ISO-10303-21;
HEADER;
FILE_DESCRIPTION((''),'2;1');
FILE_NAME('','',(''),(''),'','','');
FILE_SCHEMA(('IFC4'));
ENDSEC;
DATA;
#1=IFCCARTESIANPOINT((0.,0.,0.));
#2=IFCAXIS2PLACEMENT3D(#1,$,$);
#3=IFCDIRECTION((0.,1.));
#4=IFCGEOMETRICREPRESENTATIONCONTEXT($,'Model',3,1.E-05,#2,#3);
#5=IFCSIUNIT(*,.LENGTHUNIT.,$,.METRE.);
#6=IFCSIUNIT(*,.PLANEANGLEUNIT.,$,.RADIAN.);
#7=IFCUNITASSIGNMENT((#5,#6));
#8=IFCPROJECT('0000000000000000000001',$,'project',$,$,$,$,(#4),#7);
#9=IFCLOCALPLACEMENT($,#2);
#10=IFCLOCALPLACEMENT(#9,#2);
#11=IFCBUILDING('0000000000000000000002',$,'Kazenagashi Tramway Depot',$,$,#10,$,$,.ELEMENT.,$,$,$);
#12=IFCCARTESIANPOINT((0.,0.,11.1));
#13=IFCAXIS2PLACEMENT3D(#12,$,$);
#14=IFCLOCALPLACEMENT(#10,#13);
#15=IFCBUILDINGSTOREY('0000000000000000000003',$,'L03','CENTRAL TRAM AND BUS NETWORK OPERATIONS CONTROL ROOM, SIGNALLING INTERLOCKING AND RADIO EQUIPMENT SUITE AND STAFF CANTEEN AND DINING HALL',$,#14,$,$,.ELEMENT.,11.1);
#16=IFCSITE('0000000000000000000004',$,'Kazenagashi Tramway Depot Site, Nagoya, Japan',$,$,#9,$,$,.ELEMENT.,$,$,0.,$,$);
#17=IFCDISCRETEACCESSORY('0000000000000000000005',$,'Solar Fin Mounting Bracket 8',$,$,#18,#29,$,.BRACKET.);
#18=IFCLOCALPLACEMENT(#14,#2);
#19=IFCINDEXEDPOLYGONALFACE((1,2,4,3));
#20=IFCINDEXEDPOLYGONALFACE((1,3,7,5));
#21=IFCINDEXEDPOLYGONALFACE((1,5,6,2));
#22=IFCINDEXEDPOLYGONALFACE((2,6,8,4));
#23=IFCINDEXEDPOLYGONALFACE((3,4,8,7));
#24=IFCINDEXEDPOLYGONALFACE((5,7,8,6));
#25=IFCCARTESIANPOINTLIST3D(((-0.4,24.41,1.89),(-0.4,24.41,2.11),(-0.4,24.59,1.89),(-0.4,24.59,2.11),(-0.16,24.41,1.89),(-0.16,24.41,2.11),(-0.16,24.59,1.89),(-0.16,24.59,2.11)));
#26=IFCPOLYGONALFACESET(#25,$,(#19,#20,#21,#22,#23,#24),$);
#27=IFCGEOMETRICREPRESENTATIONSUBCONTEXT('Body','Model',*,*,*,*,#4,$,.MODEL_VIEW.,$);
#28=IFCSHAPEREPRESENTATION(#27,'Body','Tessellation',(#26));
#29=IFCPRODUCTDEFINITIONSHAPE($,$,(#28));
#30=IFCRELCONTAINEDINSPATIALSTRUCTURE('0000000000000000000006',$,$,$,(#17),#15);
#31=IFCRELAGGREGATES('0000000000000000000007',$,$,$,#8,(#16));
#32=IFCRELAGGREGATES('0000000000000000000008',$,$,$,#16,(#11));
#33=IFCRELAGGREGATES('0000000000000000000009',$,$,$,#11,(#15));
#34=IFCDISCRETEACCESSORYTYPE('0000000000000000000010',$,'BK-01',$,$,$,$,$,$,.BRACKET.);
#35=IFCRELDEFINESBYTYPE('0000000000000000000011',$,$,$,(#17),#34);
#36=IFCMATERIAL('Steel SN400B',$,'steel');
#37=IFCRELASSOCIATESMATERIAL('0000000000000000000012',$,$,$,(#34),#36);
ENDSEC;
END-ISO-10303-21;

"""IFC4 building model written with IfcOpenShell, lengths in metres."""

from ifc_helpers import new_model, si_unit, direction, frame, origin, origin_2d, place, context, subcontext, project, spatial, rectangle, extrude, material, type_object, element, save


model = new_model("IFC4")

# Units and contexts
model_context = context("Model", 3, precision=1e-05, world=origin(), true_north=direction((0.0, 1.0)))
body_context = subcontext(model_context, "Body", "Model", "MODEL_VIEW")
ifc_project = project(units=[si_unit("LENGTHUNIT", "METRE"), si_unit("PLANEANGLEUNIT", "RADIAN")], contexts=[model_context])

# Site, building, storey
site_placement = place(None, origin())
site = spatial("IfcSite", under=ifc_project, at=site_placement, Name="Kazenagashi Tramway Depot Site, Nagoya, Japan", CompositionType="ELEMENT", RefElevation=0.0)
building_placement = place(site_placement, origin())
building = spatial("IfcBuilding", under=site, at=building_placement, Name="Kazenagashi Tramway Depot", CompositionType="ELEMENT")
storey_placement = place(building_placement, frame((0.0, 0.0, 11.1)))
storey = spatial("IfcBuildingStorey", under=building, at=storey_placement, Name="L03", Description="CENTRAL TRAM AND BUS NETWORK OPERATIONS CONTROL ROOM, SIGNALLING INTERLOCKING AND RADIO EQUIPMENT SUITE AND STAFF CANTEEN AND DINING HALL", CompositionType="ELEMENT", Elevation=11.1)

# Discrete accessory
ifc_material_1 = material(Name="Steel SN400B", Category="steel")
discrete_accessory_type = type_object("IfcDiscreteAccessoryType", Name="BK-01", PredefinedType="BRACKET", material=ifc_material_1)
discrete_accessory_placement = place(storey_placement, frame((-0.28, 24.5, 1.89), z_axis=(0.0, 0.0, 1.0), x_axis=(1.0, 0.0, 0.0)))
element("IfcDiscreteAccessory", 1, at=discrete_accessory_placement, inside=storey, type_object=discrete_accessory_type, Name="Solar Fin Mounting Bracket 8", PredefinedType="BRACKET", context=body_context, shape_type="SweptSolid", body=[
    extrude(rectangle(XDim=0.24, YDim=0.18, at=origin_2d()), origin(), (0.0, 0.0, 1.0), 0.22),
])

save(model, "model.ifc")
